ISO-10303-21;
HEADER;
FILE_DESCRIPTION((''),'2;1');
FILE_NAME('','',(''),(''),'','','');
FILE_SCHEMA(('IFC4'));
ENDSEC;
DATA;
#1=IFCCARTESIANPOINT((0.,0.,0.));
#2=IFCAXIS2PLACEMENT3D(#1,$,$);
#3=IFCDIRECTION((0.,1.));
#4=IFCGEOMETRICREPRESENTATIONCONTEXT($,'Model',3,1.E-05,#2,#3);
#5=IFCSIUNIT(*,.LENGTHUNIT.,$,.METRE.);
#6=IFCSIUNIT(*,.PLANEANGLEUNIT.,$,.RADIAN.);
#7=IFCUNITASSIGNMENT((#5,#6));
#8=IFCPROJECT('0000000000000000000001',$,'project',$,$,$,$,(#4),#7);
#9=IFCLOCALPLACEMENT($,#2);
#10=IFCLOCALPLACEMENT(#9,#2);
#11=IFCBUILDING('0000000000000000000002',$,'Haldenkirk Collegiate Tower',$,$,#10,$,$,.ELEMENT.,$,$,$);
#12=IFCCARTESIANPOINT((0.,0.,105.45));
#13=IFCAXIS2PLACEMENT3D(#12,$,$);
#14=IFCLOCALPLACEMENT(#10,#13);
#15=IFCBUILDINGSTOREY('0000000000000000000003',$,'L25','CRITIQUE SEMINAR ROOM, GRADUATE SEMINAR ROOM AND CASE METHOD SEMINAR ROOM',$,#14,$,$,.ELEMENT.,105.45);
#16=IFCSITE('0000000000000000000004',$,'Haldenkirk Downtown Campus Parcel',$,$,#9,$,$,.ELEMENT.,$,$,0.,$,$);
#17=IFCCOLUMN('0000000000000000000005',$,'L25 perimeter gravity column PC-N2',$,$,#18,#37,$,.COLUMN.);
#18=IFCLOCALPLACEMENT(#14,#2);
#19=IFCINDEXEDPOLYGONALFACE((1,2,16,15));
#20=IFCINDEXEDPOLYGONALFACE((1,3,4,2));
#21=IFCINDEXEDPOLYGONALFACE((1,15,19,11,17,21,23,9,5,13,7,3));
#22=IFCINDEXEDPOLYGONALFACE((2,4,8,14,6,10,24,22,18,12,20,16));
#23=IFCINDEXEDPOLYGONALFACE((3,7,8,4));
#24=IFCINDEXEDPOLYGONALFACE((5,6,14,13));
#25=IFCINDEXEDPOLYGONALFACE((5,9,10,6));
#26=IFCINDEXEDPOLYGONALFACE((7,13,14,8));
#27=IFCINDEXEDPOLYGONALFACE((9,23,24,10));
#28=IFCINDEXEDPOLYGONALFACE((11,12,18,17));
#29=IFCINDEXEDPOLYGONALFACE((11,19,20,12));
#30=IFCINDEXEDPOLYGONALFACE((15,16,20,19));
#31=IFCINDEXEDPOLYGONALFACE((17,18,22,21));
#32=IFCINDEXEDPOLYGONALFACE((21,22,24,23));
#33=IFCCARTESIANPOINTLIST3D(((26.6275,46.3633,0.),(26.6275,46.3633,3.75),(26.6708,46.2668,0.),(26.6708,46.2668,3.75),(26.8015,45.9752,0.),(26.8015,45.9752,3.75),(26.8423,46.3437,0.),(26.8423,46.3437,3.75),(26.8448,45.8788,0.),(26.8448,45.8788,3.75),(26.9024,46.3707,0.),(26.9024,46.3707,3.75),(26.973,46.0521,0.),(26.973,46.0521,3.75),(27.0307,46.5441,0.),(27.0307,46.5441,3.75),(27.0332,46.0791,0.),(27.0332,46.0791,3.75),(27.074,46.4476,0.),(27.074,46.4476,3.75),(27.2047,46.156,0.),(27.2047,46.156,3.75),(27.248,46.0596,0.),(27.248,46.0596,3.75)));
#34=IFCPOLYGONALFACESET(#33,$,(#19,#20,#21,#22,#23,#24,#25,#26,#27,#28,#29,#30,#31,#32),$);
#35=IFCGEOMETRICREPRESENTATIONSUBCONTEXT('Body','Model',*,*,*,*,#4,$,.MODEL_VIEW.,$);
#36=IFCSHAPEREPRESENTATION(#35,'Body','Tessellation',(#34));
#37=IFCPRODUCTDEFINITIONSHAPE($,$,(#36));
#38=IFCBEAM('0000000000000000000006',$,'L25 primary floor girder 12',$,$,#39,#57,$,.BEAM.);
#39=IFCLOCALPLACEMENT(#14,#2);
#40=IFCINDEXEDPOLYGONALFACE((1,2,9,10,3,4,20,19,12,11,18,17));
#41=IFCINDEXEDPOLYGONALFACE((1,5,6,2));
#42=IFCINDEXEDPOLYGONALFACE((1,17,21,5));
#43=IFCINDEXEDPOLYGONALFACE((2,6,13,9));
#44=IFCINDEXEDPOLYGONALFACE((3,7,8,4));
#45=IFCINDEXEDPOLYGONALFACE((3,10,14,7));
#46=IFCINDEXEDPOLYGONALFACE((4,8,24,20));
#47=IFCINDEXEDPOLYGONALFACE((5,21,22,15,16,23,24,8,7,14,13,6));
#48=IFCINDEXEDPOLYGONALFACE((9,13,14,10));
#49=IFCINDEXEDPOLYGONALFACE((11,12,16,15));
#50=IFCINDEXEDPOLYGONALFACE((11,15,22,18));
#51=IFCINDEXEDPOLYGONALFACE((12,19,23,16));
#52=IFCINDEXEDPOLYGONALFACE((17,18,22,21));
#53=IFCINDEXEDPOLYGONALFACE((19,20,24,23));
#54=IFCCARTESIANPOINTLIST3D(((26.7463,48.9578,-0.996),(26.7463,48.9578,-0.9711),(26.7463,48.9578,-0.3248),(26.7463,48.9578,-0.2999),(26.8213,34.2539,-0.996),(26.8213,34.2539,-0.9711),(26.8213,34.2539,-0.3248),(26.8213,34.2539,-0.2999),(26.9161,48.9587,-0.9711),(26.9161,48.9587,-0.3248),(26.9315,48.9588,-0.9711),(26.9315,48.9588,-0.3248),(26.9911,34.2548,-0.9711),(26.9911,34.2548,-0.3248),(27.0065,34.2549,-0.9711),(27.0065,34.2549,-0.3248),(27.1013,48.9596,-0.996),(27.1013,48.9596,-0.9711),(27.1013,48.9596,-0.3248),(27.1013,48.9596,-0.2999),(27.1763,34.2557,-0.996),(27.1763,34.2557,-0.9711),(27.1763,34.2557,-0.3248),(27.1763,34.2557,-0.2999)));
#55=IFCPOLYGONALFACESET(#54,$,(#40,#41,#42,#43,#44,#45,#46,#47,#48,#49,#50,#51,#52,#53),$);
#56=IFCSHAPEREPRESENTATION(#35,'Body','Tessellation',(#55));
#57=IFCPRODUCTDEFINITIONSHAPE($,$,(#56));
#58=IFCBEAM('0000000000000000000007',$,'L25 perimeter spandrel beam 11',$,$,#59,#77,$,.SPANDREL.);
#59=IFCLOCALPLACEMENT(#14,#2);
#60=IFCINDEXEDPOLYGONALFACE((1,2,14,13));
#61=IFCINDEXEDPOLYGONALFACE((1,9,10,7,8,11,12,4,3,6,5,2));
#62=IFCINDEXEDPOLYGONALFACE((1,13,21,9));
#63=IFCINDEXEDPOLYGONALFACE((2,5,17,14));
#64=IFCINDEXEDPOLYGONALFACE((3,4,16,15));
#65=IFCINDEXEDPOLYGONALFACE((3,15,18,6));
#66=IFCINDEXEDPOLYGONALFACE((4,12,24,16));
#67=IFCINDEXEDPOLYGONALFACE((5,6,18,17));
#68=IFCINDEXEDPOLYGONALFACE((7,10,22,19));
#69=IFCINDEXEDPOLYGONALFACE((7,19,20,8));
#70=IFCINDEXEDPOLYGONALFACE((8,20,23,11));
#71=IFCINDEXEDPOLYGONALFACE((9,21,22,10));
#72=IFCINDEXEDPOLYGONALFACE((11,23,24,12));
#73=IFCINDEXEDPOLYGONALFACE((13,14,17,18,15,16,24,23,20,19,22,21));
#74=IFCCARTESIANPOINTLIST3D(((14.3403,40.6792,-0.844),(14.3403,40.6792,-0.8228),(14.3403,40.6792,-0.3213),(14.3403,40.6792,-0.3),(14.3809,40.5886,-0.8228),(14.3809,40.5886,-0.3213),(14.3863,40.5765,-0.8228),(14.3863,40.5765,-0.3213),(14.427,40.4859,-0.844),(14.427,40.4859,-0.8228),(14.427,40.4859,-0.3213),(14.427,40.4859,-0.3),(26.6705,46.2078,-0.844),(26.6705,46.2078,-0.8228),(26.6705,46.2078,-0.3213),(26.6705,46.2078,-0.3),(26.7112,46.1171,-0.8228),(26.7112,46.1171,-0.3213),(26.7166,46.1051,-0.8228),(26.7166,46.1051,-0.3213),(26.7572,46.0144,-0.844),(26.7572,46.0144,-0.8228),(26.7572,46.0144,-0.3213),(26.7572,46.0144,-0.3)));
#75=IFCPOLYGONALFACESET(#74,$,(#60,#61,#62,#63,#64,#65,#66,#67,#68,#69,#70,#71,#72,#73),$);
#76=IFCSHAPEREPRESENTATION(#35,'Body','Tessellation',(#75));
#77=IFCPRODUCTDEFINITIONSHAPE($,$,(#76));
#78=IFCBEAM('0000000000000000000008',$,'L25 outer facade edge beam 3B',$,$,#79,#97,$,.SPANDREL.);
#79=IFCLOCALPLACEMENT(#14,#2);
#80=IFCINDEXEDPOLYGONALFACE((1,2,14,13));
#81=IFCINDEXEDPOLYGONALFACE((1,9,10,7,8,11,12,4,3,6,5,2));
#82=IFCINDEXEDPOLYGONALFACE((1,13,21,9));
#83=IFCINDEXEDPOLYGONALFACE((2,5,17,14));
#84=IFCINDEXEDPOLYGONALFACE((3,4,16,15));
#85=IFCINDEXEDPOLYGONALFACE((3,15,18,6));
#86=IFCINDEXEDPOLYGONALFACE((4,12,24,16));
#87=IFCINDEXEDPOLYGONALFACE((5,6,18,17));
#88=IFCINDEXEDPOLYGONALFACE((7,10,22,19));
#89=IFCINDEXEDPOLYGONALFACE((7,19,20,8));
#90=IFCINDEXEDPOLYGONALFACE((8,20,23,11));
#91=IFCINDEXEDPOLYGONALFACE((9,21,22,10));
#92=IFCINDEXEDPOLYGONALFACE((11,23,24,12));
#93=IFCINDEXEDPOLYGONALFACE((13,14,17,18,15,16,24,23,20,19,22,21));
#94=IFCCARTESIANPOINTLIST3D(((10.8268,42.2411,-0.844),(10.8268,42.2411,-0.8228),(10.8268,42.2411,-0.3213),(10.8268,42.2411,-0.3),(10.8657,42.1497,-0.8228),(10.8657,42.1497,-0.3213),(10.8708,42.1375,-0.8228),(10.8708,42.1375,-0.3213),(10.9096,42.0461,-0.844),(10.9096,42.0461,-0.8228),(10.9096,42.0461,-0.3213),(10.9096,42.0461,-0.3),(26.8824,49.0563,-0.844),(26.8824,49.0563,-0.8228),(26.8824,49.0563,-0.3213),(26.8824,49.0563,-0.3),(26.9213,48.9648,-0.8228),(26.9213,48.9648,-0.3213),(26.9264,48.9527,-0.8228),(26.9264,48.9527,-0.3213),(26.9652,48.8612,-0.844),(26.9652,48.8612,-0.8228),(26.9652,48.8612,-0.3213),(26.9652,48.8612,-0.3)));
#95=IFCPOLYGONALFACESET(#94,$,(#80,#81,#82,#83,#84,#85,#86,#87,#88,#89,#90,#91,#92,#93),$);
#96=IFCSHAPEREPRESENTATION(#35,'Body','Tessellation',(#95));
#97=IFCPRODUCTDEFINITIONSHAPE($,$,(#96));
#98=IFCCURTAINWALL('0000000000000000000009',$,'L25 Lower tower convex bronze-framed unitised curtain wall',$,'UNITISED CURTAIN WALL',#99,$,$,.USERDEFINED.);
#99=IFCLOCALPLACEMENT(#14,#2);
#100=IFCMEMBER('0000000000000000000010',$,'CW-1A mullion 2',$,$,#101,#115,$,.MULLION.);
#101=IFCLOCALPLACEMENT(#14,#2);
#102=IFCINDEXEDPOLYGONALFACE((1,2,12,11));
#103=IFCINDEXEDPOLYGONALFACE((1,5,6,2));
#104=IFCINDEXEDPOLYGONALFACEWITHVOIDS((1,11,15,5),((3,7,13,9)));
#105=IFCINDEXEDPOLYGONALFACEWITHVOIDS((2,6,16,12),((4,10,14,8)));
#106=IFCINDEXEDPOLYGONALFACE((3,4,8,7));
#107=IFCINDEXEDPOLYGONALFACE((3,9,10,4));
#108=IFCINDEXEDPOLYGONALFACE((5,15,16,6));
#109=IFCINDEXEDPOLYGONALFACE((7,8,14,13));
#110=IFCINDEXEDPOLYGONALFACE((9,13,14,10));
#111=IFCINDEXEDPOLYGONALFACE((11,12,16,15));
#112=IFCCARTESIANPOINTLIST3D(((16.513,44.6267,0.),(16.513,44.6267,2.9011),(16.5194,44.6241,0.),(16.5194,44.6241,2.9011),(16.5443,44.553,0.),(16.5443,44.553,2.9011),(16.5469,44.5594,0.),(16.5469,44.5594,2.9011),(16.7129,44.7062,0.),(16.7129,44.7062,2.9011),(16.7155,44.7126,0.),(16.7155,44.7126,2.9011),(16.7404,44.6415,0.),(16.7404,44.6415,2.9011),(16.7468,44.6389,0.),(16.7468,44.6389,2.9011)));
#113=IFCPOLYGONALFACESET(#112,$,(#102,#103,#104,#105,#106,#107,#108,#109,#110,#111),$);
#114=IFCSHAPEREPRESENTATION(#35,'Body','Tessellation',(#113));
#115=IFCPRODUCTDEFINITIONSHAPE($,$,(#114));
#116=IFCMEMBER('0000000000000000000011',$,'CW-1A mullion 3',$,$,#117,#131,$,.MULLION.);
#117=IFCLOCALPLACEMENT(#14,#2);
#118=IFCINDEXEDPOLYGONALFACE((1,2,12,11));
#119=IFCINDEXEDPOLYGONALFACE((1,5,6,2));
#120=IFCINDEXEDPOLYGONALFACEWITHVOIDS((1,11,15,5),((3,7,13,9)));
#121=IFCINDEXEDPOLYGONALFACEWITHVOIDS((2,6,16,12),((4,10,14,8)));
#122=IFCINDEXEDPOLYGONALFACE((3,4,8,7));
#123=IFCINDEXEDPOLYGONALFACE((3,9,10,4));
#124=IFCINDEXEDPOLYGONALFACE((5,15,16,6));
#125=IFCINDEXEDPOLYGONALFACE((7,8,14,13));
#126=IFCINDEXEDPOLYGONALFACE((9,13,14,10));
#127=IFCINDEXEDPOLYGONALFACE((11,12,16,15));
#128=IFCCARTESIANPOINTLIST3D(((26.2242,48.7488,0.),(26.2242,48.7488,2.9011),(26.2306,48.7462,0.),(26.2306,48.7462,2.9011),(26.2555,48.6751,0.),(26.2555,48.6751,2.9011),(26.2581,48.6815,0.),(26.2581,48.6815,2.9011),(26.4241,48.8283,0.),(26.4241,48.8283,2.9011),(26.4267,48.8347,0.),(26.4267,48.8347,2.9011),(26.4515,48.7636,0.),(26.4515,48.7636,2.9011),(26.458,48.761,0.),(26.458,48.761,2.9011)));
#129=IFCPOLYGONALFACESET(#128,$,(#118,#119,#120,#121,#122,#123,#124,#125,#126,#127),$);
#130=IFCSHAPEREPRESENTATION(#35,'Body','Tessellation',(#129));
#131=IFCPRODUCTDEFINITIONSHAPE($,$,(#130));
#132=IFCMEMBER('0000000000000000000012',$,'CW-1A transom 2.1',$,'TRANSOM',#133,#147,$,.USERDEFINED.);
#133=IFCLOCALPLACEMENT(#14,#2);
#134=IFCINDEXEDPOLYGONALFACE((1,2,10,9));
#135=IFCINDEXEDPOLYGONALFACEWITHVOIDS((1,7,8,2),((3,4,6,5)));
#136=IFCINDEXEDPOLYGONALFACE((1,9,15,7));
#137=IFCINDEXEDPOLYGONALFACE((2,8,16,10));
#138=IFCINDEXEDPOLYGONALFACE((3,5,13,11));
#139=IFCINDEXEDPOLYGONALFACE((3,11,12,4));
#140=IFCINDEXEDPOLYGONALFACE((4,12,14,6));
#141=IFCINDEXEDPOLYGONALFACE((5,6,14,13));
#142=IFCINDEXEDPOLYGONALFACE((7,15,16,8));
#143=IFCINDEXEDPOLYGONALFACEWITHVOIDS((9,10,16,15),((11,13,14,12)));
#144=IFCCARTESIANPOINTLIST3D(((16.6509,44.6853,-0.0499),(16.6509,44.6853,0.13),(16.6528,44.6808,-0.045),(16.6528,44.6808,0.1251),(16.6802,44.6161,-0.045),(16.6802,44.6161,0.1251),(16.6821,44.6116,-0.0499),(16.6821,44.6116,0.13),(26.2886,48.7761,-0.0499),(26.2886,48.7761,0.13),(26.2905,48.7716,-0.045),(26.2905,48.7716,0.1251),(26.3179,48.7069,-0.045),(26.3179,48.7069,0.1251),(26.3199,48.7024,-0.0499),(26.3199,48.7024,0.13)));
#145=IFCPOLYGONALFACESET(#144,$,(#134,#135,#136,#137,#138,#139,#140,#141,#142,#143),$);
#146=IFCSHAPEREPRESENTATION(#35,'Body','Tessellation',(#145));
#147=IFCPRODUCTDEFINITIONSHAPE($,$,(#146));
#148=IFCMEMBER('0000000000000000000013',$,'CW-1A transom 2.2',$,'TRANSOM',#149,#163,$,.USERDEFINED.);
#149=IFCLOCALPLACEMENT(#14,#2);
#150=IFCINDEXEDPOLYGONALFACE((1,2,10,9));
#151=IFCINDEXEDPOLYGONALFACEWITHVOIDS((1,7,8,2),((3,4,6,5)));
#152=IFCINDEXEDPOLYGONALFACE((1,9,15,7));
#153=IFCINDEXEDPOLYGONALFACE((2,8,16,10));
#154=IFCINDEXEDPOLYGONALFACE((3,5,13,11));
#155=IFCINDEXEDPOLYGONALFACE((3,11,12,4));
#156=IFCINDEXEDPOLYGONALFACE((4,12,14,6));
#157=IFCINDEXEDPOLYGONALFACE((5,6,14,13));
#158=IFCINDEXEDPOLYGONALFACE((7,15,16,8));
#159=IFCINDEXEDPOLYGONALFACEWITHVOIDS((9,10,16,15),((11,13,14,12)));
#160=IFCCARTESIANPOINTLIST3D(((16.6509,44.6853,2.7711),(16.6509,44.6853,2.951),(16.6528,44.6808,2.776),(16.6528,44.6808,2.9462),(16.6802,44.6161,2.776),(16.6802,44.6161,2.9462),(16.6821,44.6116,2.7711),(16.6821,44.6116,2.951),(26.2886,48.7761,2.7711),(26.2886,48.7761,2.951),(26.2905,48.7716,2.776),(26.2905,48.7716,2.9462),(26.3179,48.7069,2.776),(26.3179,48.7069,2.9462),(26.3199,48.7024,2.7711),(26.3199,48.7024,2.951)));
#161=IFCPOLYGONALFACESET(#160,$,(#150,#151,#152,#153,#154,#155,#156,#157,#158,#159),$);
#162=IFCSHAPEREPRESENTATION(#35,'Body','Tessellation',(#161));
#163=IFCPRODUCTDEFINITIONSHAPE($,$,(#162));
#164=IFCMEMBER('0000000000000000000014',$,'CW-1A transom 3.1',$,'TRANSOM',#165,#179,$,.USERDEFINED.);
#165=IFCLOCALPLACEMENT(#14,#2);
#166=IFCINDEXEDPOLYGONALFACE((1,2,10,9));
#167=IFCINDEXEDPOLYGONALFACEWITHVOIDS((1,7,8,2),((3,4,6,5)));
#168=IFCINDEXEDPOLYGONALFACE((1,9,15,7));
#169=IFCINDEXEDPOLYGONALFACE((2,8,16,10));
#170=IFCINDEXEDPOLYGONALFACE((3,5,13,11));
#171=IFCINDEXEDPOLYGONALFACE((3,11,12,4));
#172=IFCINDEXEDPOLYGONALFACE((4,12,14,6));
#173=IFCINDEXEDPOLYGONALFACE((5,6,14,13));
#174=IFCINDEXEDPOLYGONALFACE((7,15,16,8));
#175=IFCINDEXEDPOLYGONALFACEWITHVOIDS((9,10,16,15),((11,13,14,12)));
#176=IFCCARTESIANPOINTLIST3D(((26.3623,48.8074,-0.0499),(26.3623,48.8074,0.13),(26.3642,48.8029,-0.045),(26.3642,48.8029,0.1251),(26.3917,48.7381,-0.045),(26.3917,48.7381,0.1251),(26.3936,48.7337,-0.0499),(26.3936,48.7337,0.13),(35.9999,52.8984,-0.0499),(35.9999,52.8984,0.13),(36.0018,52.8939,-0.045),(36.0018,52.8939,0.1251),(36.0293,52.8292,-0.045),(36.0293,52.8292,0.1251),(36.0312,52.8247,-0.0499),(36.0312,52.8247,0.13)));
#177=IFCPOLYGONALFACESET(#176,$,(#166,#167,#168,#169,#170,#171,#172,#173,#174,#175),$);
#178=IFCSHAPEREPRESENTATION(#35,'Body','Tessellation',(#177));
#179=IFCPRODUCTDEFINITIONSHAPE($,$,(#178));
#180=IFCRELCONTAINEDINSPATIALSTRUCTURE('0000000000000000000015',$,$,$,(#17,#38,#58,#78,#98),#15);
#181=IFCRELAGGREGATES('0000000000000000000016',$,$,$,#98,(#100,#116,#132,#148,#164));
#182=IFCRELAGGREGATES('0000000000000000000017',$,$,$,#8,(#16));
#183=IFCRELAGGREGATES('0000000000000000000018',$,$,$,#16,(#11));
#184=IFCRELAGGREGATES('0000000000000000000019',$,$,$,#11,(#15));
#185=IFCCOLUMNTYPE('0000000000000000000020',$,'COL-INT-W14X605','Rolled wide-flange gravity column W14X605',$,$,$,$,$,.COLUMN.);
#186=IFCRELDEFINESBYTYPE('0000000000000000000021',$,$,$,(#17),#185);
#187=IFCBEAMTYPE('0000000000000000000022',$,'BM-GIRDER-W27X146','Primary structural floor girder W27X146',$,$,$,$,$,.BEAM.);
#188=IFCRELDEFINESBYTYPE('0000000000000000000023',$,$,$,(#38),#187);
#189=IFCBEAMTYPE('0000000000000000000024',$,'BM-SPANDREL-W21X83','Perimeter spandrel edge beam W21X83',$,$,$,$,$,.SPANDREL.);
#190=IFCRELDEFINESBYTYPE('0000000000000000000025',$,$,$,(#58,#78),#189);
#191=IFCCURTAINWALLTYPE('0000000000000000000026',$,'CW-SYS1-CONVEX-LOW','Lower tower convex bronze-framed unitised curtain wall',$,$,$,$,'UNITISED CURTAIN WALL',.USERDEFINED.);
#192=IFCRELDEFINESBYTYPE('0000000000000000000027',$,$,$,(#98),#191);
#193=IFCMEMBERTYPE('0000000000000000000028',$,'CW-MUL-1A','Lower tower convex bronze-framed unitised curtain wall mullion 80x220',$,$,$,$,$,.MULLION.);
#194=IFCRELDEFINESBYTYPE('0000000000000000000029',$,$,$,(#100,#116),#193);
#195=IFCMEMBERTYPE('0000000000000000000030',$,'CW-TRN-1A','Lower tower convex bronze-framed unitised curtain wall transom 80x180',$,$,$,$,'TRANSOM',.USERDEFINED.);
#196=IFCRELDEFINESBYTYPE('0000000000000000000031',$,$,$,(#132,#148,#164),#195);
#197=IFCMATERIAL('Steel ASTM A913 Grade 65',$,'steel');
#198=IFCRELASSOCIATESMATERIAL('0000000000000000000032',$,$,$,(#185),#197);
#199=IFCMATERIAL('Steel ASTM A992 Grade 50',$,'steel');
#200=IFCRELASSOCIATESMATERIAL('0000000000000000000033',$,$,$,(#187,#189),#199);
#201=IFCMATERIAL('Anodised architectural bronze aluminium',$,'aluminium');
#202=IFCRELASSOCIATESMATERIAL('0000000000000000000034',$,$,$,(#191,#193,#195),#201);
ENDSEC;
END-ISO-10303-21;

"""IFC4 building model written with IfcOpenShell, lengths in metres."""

from ifc_helpers import new_model, si_unit, direction, frame, origin, origin_2d, place, context, subcontext, project, spatial, hollow_rectangle, i_section, extrude, material, material_profile, profile_set, type_object, element, aggregate, save


model = new_model("IFC4")

# Units and contexts
model_context = context("Model", 3, precision=1e-05, world=origin(), true_north=direction((0.0, 1.0)))
body_context = subcontext(model_context, "Body", "Model", "MODEL_VIEW")
ifc_project = project(units=[si_unit("LENGTHUNIT", "METRE"), si_unit("PLANEANGLEUNIT", "RADIAN")], contexts=[model_context])

# Site, building, storey
site_placement = place(None, origin())
site = spatial("IfcSite", under=ifc_project, at=site_placement, Name="Haldenkirk Downtown Campus Parcel", CompositionType="ELEMENT", RefElevation=0.0)
building_placement = place(site_placement, origin())
building = spatial("IfcBuilding", under=site, at=building_placement, Name="Haldenkirk Collegiate Tower", CompositionType="ELEMENT")
storey_placement = place(building_placement, frame((0.0, 0.0, 105.45)))
storey = spatial("IfcBuildingStorey", under=building, at=storey_placement, Name="L25", Description="CRITIQUE SEMINAR ROOM, GRADUATE SEMINAR ROOM AND CASE METHOD SEMINAR ROOM", CompositionType="ELEMENT", Elevation=105.45)

# Column
ifc_material_1 = material(Name="Steel ASTM A913 Grade 65", Category="steel")
ifc_material_profile_1 = material_profile(ifc_material_1, i_section(OverallWidth=0.4419, OverallDepth=0.531, WebThickness=0.0659, FlangeThickness=0.1057, at=origin_2d()), Name="W14X605")
ifc_profile_set_1 = profile_set([ifc_material_profile_1], Name="Steel ASTM A913 Grade 65")
column_type = type_object("IfcColumnType", Name="COL-INT-W14X605", Description="Rolled wide-flange gravity column W14X605", PredefinedType="COLUMN", material=ifc_profile_set_1)
column_placement = place(storey_placement, frame((26.9377, 46.2114, 0.0), z_axis=(0.0, 0.0, 1.0), x_axis=(0.912477, 0.409127, 0.0)))
element("IfcColumn", 1, at=column_placement, inside=storey, type_object=column_type, Name="L25 perimeter gravity column PC-N2", PredefinedType="COLUMN", context=body_context, shape_type="SweptSolid", body=[
    extrude(i_section(OverallWidth=0.4419, OverallDepth=0.531, WebThickness=0.0659, FlangeThickness=0.1057, at=origin_2d()), origin(), (0.0, 0.0, 1.0), 3.75),
])

# Beams
ifc_material_2 = material(Name="Steel ASTM A992 Grade 50", Category="steel")
ifc_material_profile_2 = material_profile(ifc_material_2, i_section(OverallWidth=0.355, OverallDepth=0.696, WebThickness=0.0154, FlangeThickness=0.0249, at=origin_2d()), Name="W27X146")
ifc_profile_set_2 = profile_set([ifc_material_profile_2], Name="Steel ASTM A992 Grade 50")
beam_type_1 = type_object("IfcBeamType", Name="BM-GIRDER-W27X146", Description="Primary structural floor girder W27X146", PredefinedType="BEAM", material=ifc_profile_set_2)
beam_1_placement = place(storey_placement, frame((26.9238, 48.9587, -0.6479), z_axis=(0.005097, -0.999987, 0.0), x_axis=(0.999987, 0.005097, 0.0)))
element("IfcBeam", 2, at=beam_1_placement, inside=storey, type_object=beam_type_1, Name="L25 primary floor girder 12", PredefinedType="BEAM", context=body_context, shape_type="SweptSolid", body=[
    extrude(i_section(OverallWidth=0.355, OverallDepth=0.696, WebThickness=0.0154, FlangeThickness=0.0249, at=origin_2d()), origin(), (0.0, 0.0, 1.0), 14.7041),
])
ifc_material_profile_3 = material_profile(ifc_material_2, i_section(OverallWidth=0.2119, OverallDepth=0.5439, WebThickness=0.0132, FlangeThickness=0.0212, at=origin_2d()), Name="W21X83")
ifc_profile_set_3 = profile_set([ifc_material_profile_3], Name="Steel ASTM A992 Grade 50")
beam_type_2 = type_object("IfcBeamType", Name="BM-SPANDREL-W21X83", Description="Perimeter spandrel edge beam W21X83", PredefinedType="SPANDREL", material=ifc_profile_set_3)
beam_2_placement = place(storey_placement, frame((26.7139, 46.1111, -0.572), z_axis=(-0.912477, -0.409129, 0.0), x_axis=(0.409129, -0.912477, 0.0)))
element("IfcBeam", 3, at=beam_2_placement, inside=storey, type_object=beam_type_2, Name="L25 perimeter spandrel beam 11", PredefinedType="SPANDREL", context=body_context, shape_type="SweptSolid", body=[
    extrude(i_section(OverallWidth=0.2119, OverallDepth=0.5439, WebThickness=0.0132, FlangeThickness=0.0212, at=origin_2d()), origin(), (0.0, 0.0, 1.0), 13.5129),
])
beam_3_placement = place(storey_placement, frame((26.9238, 48.9587, -0.572), z_axis=(-0.920506, -0.390729, 0.0), x_axis=(0.390729, -0.920506, 0.0)))
element("IfcBeam", 4, at=beam_3_placement, inside=storey, type_object=beam_type_2, Name="L25 outer facade edge beam 3B", PredefinedType="SPANDREL", context=body_context, shape_type="SweptSolid", body=[
    extrude(i_section(OverallWidth=0.2119, OverallDepth=0.5439, WebThickness=0.0132, FlangeThickness=0.0212, at=origin_2d()), origin(), (0.0, 0.0, 1.0), 17.4421),
])

# Curtain wall, members
ifc_material_3 = material(Name="Anodised architectural bronze aluminium", Category="aluminium")
curtain_wall_type = type_object("IfcCurtainWallType", Name="CW-SYS1-CONVEX-LOW", Description="Lower tower convex bronze-framed unitised curtain wall", ElementType="UNITISED CURTAIN WALL", PredefinedType="USERDEFINED", material=ifc_material_3)
curtain_wall_placement = place(storey_placement, origin())
curtain_wall = element("IfcCurtainWall", 5, at=curtain_wall_placement, inside=storey, type_object=curtain_wall_type, Name="L25 Lower tower convex bronze-framed unitised curtain wall", ObjectType="UNITISED CURTAIN WALL", PredefinedType="USERDEFINED")
ifc_material_profile_4 = material_profile(ifc_material_3, hollow_rectangle(XDim=0.0801, YDim=0.22, WallThickness=0.0049, at=origin_2d()), Name="CW-MUL-1A")
ifc_profile_set_4 = profile_set([ifc_material_profile_4], Name="Anodised architectural bronze aluminium")
member_type_1 = type_object("IfcMemberType", Name="CW-MUL-1A", Description="Lower tower convex bronze-framed unitised curtain wall mullion 80x220", PredefinedType="MULLION", material=ifc_profile_set_4)
member_1_placement = place(storey_placement, frame((16.6299, 44.6328, 0.0), z_axis=(0.0, 0.0, 1.0), x_axis=(-0.390731, 0.920505, 0.0)))
member_1 = element("IfcMember", 6, at=member_1_placement, type_object=member_type_1, Name="CW-1A mullion 2", PredefinedType="MULLION", context=body_context, shape_type="SweptSolid", body=[
    extrude(hollow_rectangle(XDim=0.0801, YDim=0.22, WallThickness=0.0049, at=origin_2d()), origin(), (0.0, 0.0, 1.0), 2.9011),
])
member_2_placement = place(storey_placement, frame((26.3411, 48.7549, 0.0), z_axis=(0.0, 0.0, 1.0), x_axis=(-0.390731, 0.920505, 0.0)))
member_2 = element("IfcMember", 7, at=member_2_placement, type_object=member_type_1, Name="CW-1A mullion 3", PredefinedType="MULLION", context=body_context, shape_type="SweptSolid", body=[
    extrude(hollow_rectangle(XDim=0.0801, YDim=0.22, WallThickness=0.0049, at=origin_2d()), origin(), (0.0, 0.0, 1.0), 2.9011),
])
ifc_material_profile_5 = material_profile(ifc_material_3, hollow_rectangle(XDim=0.0801, YDim=0.1799, WallThickness=0.0049, at=origin_2d()), Name="CW-TRN-1A")
ifc_profile_set_5 = profile_set([ifc_material_profile_5], Name="Anodised architectural bronze aluminium")
member_type_2 = type_object("IfcMemberType", Name="CW-TRN-1A", Description="Lower tower convex bronze-framed unitised curtain wall transom 80x180", ElementType="TRANSOM", PredefinedType="USERDEFINED", material=ifc_profile_set_5)
member_3_placement = place(storey_placement, frame((16.6665, 44.6484, 0.04), z_axis=(0.92051, 0.39072, 0.0), x_axis=(-0.39072, 0.92051, 0.0)))
member_3 = element("IfcMember", 8, at=member_3_placement, type_object=member_type_2, Name="CW-1A transom 2.1", ObjectType="TRANSOM", PredefinedType="USERDEFINED", context=body_context, shape_type="SweptSolid", body=[
    extrude(hollow_rectangle(XDim=0.0801, YDim=0.1799, WallThickness=0.0049, at=origin_2d()), origin(), (0.0, 0.0, 1.0), 10.47),
])
member_4_placement = place(storey_placement, frame((16.6665, 44.6484, 2.8611), z_axis=(0.92051, 0.39072, 0.0), x_axis=(-0.39072, 0.92051, 0.0)))
member_4 = element("IfcMember", 9, at=member_4_placement, type_object=member_type_2, Name="CW-1A transom 2.2", ObjectType="TRANSOM", PredefinedType="USERDEFINED", context=body_context, shape_type="SweptSolid", body=[
    extrude(hollow_rectangle(XDim=0.0801, YDim=0.1799, WallThickness=0.0049, at=origin_2d()), origin(), (0.0, 0.0, 1.0), 10.47),
])
member_5_placement = place(storey_placement, frame((26.3779, 48.7705, 0.04), z_axis=(0.920501, 0.39074, 0.0), x_axis=(-0.39074, 0.920501, 0.0)))
member_5 = element("IfcMember", 10, at=member_5_placement, type_object=member_type_2, Name="CW-1A transom 3.1", ObjectType="TRANSOM", PredefinedType="USERDEFINED", context=body_context, shape_type="SweptSolid", body=[
    extrude(hollow_rectangle(XDim=0.0801, YDim=0.1799, WallThickness=0.0049, at=origin_2d()), origin(), (0.0, 0.0, 1.0), 10.47),
])
aggregate(curtain_wall, [member_1, member_2, member_3, member_4, member_5])

save(model, "model.ifc")
